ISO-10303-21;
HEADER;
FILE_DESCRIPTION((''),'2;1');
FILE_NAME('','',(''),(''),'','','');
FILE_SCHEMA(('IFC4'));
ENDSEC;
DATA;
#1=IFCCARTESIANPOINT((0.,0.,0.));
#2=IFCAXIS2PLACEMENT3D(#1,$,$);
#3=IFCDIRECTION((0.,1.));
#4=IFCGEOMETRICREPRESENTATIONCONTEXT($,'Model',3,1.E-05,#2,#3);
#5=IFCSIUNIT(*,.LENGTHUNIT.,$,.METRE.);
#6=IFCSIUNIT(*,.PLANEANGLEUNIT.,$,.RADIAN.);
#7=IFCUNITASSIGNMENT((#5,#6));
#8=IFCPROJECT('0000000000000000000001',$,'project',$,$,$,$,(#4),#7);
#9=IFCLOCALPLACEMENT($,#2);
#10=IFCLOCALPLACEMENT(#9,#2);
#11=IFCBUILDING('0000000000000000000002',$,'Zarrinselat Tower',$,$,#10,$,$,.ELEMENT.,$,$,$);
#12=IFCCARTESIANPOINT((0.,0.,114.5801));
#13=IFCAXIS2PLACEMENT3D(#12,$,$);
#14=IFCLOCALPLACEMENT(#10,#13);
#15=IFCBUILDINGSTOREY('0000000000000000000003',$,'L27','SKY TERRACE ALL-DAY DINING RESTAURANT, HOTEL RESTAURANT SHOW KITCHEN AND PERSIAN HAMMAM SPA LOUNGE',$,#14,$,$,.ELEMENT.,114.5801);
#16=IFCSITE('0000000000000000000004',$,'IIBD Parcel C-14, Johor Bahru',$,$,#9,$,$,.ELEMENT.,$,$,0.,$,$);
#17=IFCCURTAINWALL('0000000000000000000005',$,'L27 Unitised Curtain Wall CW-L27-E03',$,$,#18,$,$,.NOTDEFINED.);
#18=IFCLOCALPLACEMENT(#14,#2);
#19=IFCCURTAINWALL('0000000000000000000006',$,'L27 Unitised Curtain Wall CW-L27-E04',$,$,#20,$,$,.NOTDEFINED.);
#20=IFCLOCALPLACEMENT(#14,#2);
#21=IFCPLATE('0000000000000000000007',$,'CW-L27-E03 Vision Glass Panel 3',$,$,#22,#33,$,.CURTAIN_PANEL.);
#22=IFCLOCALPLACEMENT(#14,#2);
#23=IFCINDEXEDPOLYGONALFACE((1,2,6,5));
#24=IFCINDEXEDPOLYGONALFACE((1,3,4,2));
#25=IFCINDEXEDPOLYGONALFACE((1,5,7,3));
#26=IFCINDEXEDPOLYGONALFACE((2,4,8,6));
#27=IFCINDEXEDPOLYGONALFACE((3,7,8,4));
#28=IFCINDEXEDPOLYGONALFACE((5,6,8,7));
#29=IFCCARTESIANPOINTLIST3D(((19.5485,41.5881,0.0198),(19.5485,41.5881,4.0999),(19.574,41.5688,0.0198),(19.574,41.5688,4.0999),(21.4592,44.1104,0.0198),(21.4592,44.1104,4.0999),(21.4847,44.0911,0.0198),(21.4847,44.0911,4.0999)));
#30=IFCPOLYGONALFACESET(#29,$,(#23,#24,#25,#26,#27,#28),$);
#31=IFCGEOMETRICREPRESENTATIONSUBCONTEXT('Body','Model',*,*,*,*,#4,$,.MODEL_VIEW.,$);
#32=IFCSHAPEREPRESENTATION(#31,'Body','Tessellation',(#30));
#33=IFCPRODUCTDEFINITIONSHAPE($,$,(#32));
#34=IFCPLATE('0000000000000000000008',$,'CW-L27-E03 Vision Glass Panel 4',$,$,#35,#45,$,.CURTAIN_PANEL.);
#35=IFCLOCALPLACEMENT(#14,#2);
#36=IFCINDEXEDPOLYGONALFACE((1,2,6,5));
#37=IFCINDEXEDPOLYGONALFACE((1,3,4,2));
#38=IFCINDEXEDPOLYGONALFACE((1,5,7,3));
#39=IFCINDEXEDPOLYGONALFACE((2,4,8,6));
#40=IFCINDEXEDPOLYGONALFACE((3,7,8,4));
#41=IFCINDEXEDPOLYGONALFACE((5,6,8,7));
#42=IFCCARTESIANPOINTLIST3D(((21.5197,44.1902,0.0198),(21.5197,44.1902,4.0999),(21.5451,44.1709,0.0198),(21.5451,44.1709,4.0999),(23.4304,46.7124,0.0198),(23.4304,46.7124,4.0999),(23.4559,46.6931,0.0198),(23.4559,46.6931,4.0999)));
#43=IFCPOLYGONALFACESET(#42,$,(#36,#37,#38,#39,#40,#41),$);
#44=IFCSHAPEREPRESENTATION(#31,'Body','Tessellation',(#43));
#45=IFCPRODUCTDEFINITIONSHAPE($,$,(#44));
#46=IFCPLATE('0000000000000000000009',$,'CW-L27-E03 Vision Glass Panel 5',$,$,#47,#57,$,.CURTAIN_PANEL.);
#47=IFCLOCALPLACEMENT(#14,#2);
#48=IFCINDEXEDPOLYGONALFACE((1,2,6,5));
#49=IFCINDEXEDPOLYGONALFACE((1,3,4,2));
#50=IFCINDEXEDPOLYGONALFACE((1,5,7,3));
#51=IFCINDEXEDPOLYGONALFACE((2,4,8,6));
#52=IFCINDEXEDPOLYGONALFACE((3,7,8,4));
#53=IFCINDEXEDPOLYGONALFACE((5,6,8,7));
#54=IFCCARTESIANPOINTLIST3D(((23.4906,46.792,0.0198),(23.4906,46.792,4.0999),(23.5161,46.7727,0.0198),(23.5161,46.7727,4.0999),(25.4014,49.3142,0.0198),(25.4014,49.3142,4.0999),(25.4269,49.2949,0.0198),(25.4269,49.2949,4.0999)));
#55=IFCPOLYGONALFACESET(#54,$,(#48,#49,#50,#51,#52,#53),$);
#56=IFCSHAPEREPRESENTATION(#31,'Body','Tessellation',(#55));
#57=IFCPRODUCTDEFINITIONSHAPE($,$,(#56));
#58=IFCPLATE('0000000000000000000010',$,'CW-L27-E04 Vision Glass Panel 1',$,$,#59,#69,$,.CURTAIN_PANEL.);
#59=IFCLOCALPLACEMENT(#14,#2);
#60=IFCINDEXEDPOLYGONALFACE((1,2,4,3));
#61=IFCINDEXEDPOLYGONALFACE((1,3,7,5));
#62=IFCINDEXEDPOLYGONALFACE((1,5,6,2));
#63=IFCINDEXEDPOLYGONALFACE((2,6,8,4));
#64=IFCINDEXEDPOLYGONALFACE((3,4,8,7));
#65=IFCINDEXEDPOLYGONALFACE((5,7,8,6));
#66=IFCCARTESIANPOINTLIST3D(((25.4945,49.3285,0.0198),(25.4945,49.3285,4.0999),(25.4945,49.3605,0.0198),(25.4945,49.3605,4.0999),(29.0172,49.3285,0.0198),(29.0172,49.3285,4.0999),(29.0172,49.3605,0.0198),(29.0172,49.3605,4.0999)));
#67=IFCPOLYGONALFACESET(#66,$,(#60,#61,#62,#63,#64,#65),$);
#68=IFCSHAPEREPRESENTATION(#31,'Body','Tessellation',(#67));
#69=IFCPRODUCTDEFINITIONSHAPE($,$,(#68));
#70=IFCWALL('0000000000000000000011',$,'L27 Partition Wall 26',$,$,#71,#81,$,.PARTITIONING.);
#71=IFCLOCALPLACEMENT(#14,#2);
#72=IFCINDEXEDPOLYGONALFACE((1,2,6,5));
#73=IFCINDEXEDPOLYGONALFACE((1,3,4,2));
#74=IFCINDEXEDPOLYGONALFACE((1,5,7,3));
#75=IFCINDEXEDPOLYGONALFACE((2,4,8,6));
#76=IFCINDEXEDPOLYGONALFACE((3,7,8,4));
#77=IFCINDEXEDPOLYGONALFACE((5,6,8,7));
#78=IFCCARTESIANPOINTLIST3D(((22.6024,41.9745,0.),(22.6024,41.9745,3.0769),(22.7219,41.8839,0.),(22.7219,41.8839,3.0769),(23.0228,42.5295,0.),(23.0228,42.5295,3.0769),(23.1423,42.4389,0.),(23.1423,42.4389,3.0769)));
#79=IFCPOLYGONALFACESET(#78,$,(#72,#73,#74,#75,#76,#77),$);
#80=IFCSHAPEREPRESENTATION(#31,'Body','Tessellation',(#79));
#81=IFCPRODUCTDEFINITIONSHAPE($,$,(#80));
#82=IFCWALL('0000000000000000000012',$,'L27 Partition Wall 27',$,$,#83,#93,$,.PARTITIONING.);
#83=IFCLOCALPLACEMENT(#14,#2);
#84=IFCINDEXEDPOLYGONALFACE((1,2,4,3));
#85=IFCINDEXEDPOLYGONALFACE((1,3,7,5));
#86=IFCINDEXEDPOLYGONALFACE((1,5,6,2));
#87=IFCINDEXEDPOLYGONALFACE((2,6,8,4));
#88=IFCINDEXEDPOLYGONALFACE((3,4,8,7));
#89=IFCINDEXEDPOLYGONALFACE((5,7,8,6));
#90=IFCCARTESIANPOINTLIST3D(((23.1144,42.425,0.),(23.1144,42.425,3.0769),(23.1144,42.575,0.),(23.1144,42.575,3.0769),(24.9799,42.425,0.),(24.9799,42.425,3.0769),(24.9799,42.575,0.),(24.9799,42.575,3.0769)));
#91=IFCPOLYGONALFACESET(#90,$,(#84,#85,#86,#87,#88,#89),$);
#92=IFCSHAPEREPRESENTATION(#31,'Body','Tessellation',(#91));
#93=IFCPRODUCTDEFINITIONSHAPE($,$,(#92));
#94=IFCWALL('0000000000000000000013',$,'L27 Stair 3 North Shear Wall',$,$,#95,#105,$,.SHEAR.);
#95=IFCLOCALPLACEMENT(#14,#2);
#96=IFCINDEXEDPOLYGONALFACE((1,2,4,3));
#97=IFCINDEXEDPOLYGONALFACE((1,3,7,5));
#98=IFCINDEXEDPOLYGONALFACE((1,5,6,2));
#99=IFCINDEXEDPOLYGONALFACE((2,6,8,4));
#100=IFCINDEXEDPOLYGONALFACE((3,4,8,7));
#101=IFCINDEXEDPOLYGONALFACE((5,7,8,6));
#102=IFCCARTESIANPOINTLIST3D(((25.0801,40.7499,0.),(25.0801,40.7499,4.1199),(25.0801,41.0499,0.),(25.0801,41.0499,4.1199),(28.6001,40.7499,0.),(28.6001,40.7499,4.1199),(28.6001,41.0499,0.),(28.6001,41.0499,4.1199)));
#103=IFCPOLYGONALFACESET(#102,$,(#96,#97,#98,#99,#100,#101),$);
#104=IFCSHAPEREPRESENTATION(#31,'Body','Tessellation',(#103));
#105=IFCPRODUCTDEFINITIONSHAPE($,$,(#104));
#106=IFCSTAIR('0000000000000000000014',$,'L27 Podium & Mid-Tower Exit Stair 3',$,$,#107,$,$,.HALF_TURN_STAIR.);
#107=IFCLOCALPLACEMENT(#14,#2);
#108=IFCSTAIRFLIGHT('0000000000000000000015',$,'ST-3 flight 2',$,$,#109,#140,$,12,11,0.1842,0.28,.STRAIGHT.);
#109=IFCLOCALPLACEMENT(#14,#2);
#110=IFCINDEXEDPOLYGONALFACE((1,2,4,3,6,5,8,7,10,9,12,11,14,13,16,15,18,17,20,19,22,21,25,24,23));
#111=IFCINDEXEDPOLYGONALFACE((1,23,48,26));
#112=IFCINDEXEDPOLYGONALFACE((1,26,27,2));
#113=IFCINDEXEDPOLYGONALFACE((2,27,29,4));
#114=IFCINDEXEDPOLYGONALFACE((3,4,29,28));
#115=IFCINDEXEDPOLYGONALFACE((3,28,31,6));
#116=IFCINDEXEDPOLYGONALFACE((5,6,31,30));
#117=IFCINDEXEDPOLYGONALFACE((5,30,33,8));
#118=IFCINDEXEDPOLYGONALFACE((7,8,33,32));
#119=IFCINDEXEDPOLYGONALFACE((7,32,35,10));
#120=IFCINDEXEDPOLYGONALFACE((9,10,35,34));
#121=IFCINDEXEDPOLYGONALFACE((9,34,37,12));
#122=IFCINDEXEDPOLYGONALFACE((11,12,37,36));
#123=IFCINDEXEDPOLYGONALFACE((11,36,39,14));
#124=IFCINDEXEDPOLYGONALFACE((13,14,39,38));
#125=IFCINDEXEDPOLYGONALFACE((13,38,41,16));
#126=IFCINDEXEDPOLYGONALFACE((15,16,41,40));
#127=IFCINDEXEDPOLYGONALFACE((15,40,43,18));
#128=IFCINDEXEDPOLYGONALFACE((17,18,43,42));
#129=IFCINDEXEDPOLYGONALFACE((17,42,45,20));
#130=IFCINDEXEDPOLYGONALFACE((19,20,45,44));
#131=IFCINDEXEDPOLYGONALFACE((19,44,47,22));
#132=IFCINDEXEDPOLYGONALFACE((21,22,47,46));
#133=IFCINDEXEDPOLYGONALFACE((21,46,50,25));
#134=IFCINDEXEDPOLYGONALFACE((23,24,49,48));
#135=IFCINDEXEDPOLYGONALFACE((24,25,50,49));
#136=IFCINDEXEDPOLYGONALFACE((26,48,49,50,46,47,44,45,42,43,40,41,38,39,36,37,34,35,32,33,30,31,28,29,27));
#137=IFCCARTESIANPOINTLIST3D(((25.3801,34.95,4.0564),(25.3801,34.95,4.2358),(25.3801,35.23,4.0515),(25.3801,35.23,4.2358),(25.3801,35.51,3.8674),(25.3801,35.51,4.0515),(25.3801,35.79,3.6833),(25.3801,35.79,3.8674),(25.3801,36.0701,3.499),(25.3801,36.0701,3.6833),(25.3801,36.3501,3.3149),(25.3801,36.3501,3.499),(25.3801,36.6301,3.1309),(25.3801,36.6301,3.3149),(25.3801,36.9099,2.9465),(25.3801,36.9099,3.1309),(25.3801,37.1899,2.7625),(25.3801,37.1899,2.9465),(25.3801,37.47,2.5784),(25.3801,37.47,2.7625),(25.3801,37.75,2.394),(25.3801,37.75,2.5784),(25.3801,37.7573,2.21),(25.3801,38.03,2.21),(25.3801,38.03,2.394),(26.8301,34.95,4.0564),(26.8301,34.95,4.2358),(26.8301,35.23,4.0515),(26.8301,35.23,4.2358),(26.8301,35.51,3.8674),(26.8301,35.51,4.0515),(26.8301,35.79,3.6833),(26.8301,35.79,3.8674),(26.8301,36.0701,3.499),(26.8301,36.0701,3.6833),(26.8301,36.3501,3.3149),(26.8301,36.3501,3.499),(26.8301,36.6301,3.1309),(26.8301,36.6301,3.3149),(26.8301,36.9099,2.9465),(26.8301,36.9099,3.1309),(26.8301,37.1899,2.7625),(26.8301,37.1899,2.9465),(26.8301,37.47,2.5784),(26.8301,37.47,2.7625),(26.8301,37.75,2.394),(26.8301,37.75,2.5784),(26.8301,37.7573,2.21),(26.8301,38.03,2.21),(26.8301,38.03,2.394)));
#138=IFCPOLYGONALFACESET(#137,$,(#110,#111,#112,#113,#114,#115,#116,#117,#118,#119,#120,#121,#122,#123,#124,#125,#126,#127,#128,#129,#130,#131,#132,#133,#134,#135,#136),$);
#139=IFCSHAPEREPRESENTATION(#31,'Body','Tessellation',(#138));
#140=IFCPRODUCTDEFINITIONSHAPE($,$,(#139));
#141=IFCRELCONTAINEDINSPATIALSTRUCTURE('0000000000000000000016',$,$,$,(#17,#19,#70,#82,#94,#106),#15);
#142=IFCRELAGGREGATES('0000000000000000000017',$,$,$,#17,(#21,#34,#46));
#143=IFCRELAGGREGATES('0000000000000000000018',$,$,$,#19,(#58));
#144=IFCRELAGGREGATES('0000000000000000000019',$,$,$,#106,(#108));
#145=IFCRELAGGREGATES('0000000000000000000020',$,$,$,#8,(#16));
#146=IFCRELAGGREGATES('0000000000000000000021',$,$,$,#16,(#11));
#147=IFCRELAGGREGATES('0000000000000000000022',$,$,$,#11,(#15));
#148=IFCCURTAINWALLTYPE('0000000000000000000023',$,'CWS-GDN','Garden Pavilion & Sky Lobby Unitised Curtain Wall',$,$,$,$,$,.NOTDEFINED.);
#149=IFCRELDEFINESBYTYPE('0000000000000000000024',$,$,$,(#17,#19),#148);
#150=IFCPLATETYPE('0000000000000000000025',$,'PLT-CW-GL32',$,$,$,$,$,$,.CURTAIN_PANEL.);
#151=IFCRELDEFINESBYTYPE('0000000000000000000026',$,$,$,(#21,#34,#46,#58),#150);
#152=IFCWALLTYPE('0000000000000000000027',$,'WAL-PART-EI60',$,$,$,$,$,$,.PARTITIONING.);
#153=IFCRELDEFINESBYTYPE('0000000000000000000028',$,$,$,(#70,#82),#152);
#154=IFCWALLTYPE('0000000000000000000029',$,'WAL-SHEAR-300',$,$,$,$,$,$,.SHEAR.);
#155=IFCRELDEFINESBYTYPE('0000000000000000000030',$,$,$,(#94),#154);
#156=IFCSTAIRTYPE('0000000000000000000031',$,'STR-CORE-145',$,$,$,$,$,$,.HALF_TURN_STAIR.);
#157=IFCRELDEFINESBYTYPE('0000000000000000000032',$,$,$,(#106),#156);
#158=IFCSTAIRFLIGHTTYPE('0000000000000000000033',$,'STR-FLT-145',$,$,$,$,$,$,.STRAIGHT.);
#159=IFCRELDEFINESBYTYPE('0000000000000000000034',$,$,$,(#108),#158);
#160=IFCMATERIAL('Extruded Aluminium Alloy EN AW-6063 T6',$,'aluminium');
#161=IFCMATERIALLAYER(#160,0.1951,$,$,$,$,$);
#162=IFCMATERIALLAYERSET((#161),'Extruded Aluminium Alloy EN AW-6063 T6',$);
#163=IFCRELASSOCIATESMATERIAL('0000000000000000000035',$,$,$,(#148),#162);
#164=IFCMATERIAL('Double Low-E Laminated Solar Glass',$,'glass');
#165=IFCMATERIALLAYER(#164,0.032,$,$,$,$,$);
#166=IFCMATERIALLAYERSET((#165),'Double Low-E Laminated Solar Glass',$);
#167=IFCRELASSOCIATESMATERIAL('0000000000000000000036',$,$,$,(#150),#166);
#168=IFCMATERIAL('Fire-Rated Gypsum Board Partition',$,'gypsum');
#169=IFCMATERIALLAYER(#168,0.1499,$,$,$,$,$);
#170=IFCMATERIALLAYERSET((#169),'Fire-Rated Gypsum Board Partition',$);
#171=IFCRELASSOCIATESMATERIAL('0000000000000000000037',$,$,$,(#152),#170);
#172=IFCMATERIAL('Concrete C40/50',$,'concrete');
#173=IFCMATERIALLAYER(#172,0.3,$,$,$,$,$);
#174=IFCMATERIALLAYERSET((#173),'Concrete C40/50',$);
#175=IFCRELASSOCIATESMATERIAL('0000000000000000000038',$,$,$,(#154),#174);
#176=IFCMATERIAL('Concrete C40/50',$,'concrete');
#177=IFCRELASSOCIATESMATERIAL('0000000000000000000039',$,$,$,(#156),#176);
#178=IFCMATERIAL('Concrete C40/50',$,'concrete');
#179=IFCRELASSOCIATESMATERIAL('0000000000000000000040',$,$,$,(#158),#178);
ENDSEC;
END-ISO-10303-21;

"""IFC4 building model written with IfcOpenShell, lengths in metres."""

from ifc_helpers import new_model, si_unit, direction, frame, frame_2d, origin, origin_2d, place, context, subcontext, project, spatial, polyline, rectangle, outline, extrude, material, layer, layer_set, type_object, element, aggregate, save


model = new_model("IFC4")

# Units and contexts
model_context = context("Model", 3, precision=1e-05, world=origin(), true_north=direction((0.0, 1.0)))
body_context = subcontext(model_context, "Body", "Model", "MODEL_VIEW")
ifc_project = project(units=[si_unit("LENGTHUNIT", "METRE"), si_unit("PLANEANGLEUNIT", "RADIAN")], contexts=[model_context])

# Site, building, storey
site_placement = place(None, origin())
site = spatial("IfcSite", under=ifc_project, at=site_placement, Name="IIBD Parcel C-14, Johor Bahru", CompositionType="ELEMENT", RefElevation=0.0)
building_placement = place(site_placement, origin())
building = spatial("IfcBuilding", under=site, at=building_placement, Name="Zarrinselat Tower", CompositionType="ELEMENT")
storey_placement = place(building_placement, frame((0.0, 0.0, 114.5801)))
storey = spatial("IfcBuildingStorey", under=building, at=storey_placement, Name="L27", Description="SKY TERRACE ALL-DAY DINING RESTAURANT, HOTEL RESTAURANT SHOW KITCHEN AND PERSIAN HAMMAM SPA LOUNGE", CompositionType="ELEMENT", Elevation=114.5801)

# Shared definitions
ifc_material_1 = material(Name="Extruded Aluminium Alloy EN AW-6063 T6", Category="aluminium")
ifc_layer_1 = layer(ifc_material_1, 0.1951)
ifc_layer_set_1 = layer_set([ifc_layer_1], Name="Extruded Aluminium Alloy EN AW-6063 T6")
curtain_wall_type = type_object("IfcCurtainWallType", Name="CWS-GDN", Description="Garden Pavilion & Sky Lobby Unitised Curtain Wall", PredefinedType="NOTDEFINED", material=ifc_layer_set_1)

# Curtain wall
curtain_wall_1_placement = place(storey_placement, origin())
curtain_wall_1 = element("IfcCurtainWall", 1, at=curtain_wall_1_placement, inside=storey, type_object=curtain_wall_type, Name="L27 Unitised Curtain Wall CW-L27-E03", PredefinedType="NOTDEFINED")

# Curtain wall
curtain_wall_2_placement = place(storey_placement, origin())
curtain_wall_2 = element("IfcCurtainWall", 2, at=curtain_wall_2_placement, inside=storey, type_object=curtain_wall_type, Name="L27 Unitised Curtain Wall CW-L27-E04", PredefinedType="NOTDEFINED")

# Plates
ifc_material_2 = material(Name="Double Low-E Laminated Solar Glass", Category="glass")
ifc_layer_2 = layer(ifc_material_2, 0.032)
ifc_layer_set_2 = layer_set([ifc_layer_2], Name="Double Low-E Laminated Solar Glass")
plate_type = type_object("IfcPlateType", Name="PLT-CW-GL32", PredefinedType="CURTAIN_PANEL", material=ifc_layer_set_2)
plate_1_placement = place(storey_placement, frame((20.5166, 42.8396, 0.0198), z_axis=(0.0, 0.0, 1.0), x_axis=(0.603857, 0.797093, 0.0)))
plate_1 = element("IfcPlate", 3, at=plate_1_placement, type_object=plate_type, Name="CW-L27-E03 Vision Glass Panel 3", PredefinedType="CURTAIN_PANEL", context=body_context, shape_type="SweptSolid", body=[
    extrude(rectangle(XDim=3.1643, YDim=0.032, at=origin_2d()), origin(), (0.0, 0.0, 1.0), 4.0801),
])
plate_2_placement = place(storey_placement, frame((22.4878, 45.4417, 0.0198), z_axis=(0.0, 0.0, 1.0), x_axis=(0.603857, 0.797093, 0.0)))
plate_2 = element("IfcPlate", 4, at=plate_2_placement, type_object=plate_type, Name="CW-L27-E03 Vision Glass Panel 4", PredefinedType="CURTAIN_PANEL", context=body_context, shape_type="SweptSolid", body=[
    extrude(rectangle(XDim=3.1643, YDim=0.032, at=origin_2d()), origin(), (0.0, 0.0, 1.0), 4.0801),
])
plate_3_placement = place(storey_placement, frame((24.4587, 48.0435, 0.0198), z_axis=(0.0, 0.0, 1.0), x_axis=(0.603857, 0.797093, 0.0)))
plate_3 = element("IfcPlate", 5, at=plate_3_placement, type_object=plate_type, Name="CW-L27-E03 Vision Glass Panel 5", PredefinedType="CURTAIN_PANEL", context=body_context, shape_type="SweptSolid", body=[
    extrude(rectangle(XDim=3.1643, YDim=0.032, at=origin_2d()), origin(), (0.0, 0.0, 1.0), 4.0801),
])
aggregate(curtain_wall_1, [plate_1, plate_2, plate_3])
plate_4_placement = place(storey_placement, frame((27.2559, 49.3445, 0.0198), z_axis=(0.0, 0.0, 1.0), x_axis=(1.0, 0.0, 0.0)))
plate_4 = element("IfcPlate", 6, at=plate_4_placement, type_object=plate_type, Name="CW-L27-E04 Vision Glass Panel 1", PredefinedType="CURTAIN_PANEL", context=body_context, shape_type="SweptSolid", body=[
    extrude(rectangle(XDim=3.5227, YDim=0.032, at=origin_2d()), origin(), (0.0, 0.0, 1.0), 4.0801),
])
aggregate(curtain_wall_2, [plate_4])

# Walls
ifc_material_3 = material(Name="Fire-Rated Gypsum Board Partition", Category="gypsum")
ifc_layer_3 = layer(ifc_material_3, 0.1499)
ifc_layer_set_3 = layer_set([ifc_layer_3], Name="Fire-Rated Gypsum Board Partition")
wall_type_1 = type_object("IfcWallType", Name="WAL-PART-EI60", PredefinedType="PARTITIONING", material=ifc_layer_set_3)
wall_1_placement = place(storey_placement, frame((22.6621, 41.9292, 0.0), z_axis=(0.0, 0.0, 1.0), x_axis=(0.603864, 0.797087, 0.0)))
element("IfcWall", 7, at=wall_1_placement, inside=storey, type_object=wall_type_1, Name="L27 Partition Wall 26", PredefinedType="PARTITIONING", context=body_context, shape_type="SweptSolid", body=[
    extrude(rectangle(XDim=0.6963, YDim=0.1499, at=frame_2d((0.3481, 0.0))), origin(), (0.0, 0.0, 1.0), 3.0769),
])
wall_2_placement = place(storey_placement, frame((23.1145, 42.5, 0.0), z_axis=(0.0, 0.0, 1.0), x_axis=(1.0, 0.0, 0.0)))
element("IfcWall", 8, at=wall_2_placement, inside=storey, type_object=wall_type_1, Name="L27 Partition Wall 27", PredefinedType="PARTITIONING", context=body_context, shape_type="SweptSolid", body=[
    extrude(rectangle(XDim=1.8655, YDim=0.1499, at=frame_2d((0.9326, 0.0))), origin(), (0.0, 0.0, 1.0), 3.0769),
])
ifc_material_4 = material(Name="Concrete C40/50", Category="concrete")
ifc_layer_4 = layer(ifc_material_4, 0.3)
ifc_layer_set_4 = layer_set([ifc_layer_4], Name="Concrete C40/50")
wall_type_2 = type_object("IfcWallType", Name="WAL-SHEAR-300", PredefinedType="SHEAR", material=ifc_layer_set_4)
wall_3_placement = place(storey_placement, frame((25.0801, 40.8999, 0.0), z_axis=(0.0, 0.0, 1.0), x_axis=(1.0, 0.0, 0.0)))
element("IfcWall", 9, at=wall_3_placement, inside=storey, type_object=wall_type_2, Name="L27 Stair 3 North Shear Wall", PredefinedType="SHEAR", context=body_context, shape_type="SweptSolid", body=[
    extrude(rectangle(XDim=3.52, YDim=0.3, at=frame_2d((1.76, 0.0))), origin(), (0.0, 0.0, 1.0), 4.1199),
])

# Stair, stair flight
ifc_material_5 = material(Name="Concrete C40/50", Category="concrete")
stair_type = type_object("IfcStairType", Name="STR-CORE-145", PredefinedType="HALF_TURN_STAIR", material=ifc_material_5)
stair_placement = place(storey_placement, origin())
stair = element("IfcStair", 10, at=stair_placement, inside=storey, type_object=stair_type, Name="L27 Podium & Mid-Tower Exit Stair 3", PredefinedType="HALF_TURN_STAIR")
ifc_material_6 = material(Name="Concrete C40/50", Category="concrete")
stair_flight_type = type_object("IfcStairFlightType", Name="STR-FLT-145", PredefinedType="STRAIGHT", material=ifc_material_6)
stair_flight_placement = place(storey_placement, frame((26.105, 38.03, 2.21), z_axis=(0.0, 0.0, 1.0), x_axis=(0.0, -1.0, 0.0)))
stair_flight = element("IfcStairFlight", 11, at=stair_flight_placement, type_object=stair_flight_type, Name="ST-3 flight 2", NumberOfRisers=12, NumberOfTreads=11, PredefinedType="STRAIGHT", RiserHeight=0.1842, TreadLength=0.28, context=body_context, shape_type="SweptSolid", body=[
    extrude(outline(polyline([(0.0, 0.0), (0.0, 0.1841), (0.28, 0.1841), (0.28, 0.3684), (0.5601, 0.3684), (0.5601, 0.5525), (0.8401, 0.5525), (0.8401, 0.7366), (1.1201, 0.7366), (1.1201, 0.9209), (1.3999, 0.9209), (1.3999, 1.105), (1.6799, 1.105), (1.6799, 1.2891), (1.96, 1.2891), (1.96, 1.4734), (2.24, 1.4734), (2.24, 1.6575), (2.52, 1.6575), (2.52, 1.8416), (2.8, 1.8416), (2.8, 2.0259), (3.0801, 2.0259), (3.0801, 2.21), (3.0801, 1.8464), (0.2727, 0.0), (0.0, 0.0)])), frame((0.0, 0.7251, 0.0), z_axis=(0.0, -1.0, 0.0), x_axis=(1.0, 0.0, 0.0)), (0.0, 0.0, 1.0), 1.45),
])
aggregate(stair, [stair_flight])

save(model, "model.ifc")
